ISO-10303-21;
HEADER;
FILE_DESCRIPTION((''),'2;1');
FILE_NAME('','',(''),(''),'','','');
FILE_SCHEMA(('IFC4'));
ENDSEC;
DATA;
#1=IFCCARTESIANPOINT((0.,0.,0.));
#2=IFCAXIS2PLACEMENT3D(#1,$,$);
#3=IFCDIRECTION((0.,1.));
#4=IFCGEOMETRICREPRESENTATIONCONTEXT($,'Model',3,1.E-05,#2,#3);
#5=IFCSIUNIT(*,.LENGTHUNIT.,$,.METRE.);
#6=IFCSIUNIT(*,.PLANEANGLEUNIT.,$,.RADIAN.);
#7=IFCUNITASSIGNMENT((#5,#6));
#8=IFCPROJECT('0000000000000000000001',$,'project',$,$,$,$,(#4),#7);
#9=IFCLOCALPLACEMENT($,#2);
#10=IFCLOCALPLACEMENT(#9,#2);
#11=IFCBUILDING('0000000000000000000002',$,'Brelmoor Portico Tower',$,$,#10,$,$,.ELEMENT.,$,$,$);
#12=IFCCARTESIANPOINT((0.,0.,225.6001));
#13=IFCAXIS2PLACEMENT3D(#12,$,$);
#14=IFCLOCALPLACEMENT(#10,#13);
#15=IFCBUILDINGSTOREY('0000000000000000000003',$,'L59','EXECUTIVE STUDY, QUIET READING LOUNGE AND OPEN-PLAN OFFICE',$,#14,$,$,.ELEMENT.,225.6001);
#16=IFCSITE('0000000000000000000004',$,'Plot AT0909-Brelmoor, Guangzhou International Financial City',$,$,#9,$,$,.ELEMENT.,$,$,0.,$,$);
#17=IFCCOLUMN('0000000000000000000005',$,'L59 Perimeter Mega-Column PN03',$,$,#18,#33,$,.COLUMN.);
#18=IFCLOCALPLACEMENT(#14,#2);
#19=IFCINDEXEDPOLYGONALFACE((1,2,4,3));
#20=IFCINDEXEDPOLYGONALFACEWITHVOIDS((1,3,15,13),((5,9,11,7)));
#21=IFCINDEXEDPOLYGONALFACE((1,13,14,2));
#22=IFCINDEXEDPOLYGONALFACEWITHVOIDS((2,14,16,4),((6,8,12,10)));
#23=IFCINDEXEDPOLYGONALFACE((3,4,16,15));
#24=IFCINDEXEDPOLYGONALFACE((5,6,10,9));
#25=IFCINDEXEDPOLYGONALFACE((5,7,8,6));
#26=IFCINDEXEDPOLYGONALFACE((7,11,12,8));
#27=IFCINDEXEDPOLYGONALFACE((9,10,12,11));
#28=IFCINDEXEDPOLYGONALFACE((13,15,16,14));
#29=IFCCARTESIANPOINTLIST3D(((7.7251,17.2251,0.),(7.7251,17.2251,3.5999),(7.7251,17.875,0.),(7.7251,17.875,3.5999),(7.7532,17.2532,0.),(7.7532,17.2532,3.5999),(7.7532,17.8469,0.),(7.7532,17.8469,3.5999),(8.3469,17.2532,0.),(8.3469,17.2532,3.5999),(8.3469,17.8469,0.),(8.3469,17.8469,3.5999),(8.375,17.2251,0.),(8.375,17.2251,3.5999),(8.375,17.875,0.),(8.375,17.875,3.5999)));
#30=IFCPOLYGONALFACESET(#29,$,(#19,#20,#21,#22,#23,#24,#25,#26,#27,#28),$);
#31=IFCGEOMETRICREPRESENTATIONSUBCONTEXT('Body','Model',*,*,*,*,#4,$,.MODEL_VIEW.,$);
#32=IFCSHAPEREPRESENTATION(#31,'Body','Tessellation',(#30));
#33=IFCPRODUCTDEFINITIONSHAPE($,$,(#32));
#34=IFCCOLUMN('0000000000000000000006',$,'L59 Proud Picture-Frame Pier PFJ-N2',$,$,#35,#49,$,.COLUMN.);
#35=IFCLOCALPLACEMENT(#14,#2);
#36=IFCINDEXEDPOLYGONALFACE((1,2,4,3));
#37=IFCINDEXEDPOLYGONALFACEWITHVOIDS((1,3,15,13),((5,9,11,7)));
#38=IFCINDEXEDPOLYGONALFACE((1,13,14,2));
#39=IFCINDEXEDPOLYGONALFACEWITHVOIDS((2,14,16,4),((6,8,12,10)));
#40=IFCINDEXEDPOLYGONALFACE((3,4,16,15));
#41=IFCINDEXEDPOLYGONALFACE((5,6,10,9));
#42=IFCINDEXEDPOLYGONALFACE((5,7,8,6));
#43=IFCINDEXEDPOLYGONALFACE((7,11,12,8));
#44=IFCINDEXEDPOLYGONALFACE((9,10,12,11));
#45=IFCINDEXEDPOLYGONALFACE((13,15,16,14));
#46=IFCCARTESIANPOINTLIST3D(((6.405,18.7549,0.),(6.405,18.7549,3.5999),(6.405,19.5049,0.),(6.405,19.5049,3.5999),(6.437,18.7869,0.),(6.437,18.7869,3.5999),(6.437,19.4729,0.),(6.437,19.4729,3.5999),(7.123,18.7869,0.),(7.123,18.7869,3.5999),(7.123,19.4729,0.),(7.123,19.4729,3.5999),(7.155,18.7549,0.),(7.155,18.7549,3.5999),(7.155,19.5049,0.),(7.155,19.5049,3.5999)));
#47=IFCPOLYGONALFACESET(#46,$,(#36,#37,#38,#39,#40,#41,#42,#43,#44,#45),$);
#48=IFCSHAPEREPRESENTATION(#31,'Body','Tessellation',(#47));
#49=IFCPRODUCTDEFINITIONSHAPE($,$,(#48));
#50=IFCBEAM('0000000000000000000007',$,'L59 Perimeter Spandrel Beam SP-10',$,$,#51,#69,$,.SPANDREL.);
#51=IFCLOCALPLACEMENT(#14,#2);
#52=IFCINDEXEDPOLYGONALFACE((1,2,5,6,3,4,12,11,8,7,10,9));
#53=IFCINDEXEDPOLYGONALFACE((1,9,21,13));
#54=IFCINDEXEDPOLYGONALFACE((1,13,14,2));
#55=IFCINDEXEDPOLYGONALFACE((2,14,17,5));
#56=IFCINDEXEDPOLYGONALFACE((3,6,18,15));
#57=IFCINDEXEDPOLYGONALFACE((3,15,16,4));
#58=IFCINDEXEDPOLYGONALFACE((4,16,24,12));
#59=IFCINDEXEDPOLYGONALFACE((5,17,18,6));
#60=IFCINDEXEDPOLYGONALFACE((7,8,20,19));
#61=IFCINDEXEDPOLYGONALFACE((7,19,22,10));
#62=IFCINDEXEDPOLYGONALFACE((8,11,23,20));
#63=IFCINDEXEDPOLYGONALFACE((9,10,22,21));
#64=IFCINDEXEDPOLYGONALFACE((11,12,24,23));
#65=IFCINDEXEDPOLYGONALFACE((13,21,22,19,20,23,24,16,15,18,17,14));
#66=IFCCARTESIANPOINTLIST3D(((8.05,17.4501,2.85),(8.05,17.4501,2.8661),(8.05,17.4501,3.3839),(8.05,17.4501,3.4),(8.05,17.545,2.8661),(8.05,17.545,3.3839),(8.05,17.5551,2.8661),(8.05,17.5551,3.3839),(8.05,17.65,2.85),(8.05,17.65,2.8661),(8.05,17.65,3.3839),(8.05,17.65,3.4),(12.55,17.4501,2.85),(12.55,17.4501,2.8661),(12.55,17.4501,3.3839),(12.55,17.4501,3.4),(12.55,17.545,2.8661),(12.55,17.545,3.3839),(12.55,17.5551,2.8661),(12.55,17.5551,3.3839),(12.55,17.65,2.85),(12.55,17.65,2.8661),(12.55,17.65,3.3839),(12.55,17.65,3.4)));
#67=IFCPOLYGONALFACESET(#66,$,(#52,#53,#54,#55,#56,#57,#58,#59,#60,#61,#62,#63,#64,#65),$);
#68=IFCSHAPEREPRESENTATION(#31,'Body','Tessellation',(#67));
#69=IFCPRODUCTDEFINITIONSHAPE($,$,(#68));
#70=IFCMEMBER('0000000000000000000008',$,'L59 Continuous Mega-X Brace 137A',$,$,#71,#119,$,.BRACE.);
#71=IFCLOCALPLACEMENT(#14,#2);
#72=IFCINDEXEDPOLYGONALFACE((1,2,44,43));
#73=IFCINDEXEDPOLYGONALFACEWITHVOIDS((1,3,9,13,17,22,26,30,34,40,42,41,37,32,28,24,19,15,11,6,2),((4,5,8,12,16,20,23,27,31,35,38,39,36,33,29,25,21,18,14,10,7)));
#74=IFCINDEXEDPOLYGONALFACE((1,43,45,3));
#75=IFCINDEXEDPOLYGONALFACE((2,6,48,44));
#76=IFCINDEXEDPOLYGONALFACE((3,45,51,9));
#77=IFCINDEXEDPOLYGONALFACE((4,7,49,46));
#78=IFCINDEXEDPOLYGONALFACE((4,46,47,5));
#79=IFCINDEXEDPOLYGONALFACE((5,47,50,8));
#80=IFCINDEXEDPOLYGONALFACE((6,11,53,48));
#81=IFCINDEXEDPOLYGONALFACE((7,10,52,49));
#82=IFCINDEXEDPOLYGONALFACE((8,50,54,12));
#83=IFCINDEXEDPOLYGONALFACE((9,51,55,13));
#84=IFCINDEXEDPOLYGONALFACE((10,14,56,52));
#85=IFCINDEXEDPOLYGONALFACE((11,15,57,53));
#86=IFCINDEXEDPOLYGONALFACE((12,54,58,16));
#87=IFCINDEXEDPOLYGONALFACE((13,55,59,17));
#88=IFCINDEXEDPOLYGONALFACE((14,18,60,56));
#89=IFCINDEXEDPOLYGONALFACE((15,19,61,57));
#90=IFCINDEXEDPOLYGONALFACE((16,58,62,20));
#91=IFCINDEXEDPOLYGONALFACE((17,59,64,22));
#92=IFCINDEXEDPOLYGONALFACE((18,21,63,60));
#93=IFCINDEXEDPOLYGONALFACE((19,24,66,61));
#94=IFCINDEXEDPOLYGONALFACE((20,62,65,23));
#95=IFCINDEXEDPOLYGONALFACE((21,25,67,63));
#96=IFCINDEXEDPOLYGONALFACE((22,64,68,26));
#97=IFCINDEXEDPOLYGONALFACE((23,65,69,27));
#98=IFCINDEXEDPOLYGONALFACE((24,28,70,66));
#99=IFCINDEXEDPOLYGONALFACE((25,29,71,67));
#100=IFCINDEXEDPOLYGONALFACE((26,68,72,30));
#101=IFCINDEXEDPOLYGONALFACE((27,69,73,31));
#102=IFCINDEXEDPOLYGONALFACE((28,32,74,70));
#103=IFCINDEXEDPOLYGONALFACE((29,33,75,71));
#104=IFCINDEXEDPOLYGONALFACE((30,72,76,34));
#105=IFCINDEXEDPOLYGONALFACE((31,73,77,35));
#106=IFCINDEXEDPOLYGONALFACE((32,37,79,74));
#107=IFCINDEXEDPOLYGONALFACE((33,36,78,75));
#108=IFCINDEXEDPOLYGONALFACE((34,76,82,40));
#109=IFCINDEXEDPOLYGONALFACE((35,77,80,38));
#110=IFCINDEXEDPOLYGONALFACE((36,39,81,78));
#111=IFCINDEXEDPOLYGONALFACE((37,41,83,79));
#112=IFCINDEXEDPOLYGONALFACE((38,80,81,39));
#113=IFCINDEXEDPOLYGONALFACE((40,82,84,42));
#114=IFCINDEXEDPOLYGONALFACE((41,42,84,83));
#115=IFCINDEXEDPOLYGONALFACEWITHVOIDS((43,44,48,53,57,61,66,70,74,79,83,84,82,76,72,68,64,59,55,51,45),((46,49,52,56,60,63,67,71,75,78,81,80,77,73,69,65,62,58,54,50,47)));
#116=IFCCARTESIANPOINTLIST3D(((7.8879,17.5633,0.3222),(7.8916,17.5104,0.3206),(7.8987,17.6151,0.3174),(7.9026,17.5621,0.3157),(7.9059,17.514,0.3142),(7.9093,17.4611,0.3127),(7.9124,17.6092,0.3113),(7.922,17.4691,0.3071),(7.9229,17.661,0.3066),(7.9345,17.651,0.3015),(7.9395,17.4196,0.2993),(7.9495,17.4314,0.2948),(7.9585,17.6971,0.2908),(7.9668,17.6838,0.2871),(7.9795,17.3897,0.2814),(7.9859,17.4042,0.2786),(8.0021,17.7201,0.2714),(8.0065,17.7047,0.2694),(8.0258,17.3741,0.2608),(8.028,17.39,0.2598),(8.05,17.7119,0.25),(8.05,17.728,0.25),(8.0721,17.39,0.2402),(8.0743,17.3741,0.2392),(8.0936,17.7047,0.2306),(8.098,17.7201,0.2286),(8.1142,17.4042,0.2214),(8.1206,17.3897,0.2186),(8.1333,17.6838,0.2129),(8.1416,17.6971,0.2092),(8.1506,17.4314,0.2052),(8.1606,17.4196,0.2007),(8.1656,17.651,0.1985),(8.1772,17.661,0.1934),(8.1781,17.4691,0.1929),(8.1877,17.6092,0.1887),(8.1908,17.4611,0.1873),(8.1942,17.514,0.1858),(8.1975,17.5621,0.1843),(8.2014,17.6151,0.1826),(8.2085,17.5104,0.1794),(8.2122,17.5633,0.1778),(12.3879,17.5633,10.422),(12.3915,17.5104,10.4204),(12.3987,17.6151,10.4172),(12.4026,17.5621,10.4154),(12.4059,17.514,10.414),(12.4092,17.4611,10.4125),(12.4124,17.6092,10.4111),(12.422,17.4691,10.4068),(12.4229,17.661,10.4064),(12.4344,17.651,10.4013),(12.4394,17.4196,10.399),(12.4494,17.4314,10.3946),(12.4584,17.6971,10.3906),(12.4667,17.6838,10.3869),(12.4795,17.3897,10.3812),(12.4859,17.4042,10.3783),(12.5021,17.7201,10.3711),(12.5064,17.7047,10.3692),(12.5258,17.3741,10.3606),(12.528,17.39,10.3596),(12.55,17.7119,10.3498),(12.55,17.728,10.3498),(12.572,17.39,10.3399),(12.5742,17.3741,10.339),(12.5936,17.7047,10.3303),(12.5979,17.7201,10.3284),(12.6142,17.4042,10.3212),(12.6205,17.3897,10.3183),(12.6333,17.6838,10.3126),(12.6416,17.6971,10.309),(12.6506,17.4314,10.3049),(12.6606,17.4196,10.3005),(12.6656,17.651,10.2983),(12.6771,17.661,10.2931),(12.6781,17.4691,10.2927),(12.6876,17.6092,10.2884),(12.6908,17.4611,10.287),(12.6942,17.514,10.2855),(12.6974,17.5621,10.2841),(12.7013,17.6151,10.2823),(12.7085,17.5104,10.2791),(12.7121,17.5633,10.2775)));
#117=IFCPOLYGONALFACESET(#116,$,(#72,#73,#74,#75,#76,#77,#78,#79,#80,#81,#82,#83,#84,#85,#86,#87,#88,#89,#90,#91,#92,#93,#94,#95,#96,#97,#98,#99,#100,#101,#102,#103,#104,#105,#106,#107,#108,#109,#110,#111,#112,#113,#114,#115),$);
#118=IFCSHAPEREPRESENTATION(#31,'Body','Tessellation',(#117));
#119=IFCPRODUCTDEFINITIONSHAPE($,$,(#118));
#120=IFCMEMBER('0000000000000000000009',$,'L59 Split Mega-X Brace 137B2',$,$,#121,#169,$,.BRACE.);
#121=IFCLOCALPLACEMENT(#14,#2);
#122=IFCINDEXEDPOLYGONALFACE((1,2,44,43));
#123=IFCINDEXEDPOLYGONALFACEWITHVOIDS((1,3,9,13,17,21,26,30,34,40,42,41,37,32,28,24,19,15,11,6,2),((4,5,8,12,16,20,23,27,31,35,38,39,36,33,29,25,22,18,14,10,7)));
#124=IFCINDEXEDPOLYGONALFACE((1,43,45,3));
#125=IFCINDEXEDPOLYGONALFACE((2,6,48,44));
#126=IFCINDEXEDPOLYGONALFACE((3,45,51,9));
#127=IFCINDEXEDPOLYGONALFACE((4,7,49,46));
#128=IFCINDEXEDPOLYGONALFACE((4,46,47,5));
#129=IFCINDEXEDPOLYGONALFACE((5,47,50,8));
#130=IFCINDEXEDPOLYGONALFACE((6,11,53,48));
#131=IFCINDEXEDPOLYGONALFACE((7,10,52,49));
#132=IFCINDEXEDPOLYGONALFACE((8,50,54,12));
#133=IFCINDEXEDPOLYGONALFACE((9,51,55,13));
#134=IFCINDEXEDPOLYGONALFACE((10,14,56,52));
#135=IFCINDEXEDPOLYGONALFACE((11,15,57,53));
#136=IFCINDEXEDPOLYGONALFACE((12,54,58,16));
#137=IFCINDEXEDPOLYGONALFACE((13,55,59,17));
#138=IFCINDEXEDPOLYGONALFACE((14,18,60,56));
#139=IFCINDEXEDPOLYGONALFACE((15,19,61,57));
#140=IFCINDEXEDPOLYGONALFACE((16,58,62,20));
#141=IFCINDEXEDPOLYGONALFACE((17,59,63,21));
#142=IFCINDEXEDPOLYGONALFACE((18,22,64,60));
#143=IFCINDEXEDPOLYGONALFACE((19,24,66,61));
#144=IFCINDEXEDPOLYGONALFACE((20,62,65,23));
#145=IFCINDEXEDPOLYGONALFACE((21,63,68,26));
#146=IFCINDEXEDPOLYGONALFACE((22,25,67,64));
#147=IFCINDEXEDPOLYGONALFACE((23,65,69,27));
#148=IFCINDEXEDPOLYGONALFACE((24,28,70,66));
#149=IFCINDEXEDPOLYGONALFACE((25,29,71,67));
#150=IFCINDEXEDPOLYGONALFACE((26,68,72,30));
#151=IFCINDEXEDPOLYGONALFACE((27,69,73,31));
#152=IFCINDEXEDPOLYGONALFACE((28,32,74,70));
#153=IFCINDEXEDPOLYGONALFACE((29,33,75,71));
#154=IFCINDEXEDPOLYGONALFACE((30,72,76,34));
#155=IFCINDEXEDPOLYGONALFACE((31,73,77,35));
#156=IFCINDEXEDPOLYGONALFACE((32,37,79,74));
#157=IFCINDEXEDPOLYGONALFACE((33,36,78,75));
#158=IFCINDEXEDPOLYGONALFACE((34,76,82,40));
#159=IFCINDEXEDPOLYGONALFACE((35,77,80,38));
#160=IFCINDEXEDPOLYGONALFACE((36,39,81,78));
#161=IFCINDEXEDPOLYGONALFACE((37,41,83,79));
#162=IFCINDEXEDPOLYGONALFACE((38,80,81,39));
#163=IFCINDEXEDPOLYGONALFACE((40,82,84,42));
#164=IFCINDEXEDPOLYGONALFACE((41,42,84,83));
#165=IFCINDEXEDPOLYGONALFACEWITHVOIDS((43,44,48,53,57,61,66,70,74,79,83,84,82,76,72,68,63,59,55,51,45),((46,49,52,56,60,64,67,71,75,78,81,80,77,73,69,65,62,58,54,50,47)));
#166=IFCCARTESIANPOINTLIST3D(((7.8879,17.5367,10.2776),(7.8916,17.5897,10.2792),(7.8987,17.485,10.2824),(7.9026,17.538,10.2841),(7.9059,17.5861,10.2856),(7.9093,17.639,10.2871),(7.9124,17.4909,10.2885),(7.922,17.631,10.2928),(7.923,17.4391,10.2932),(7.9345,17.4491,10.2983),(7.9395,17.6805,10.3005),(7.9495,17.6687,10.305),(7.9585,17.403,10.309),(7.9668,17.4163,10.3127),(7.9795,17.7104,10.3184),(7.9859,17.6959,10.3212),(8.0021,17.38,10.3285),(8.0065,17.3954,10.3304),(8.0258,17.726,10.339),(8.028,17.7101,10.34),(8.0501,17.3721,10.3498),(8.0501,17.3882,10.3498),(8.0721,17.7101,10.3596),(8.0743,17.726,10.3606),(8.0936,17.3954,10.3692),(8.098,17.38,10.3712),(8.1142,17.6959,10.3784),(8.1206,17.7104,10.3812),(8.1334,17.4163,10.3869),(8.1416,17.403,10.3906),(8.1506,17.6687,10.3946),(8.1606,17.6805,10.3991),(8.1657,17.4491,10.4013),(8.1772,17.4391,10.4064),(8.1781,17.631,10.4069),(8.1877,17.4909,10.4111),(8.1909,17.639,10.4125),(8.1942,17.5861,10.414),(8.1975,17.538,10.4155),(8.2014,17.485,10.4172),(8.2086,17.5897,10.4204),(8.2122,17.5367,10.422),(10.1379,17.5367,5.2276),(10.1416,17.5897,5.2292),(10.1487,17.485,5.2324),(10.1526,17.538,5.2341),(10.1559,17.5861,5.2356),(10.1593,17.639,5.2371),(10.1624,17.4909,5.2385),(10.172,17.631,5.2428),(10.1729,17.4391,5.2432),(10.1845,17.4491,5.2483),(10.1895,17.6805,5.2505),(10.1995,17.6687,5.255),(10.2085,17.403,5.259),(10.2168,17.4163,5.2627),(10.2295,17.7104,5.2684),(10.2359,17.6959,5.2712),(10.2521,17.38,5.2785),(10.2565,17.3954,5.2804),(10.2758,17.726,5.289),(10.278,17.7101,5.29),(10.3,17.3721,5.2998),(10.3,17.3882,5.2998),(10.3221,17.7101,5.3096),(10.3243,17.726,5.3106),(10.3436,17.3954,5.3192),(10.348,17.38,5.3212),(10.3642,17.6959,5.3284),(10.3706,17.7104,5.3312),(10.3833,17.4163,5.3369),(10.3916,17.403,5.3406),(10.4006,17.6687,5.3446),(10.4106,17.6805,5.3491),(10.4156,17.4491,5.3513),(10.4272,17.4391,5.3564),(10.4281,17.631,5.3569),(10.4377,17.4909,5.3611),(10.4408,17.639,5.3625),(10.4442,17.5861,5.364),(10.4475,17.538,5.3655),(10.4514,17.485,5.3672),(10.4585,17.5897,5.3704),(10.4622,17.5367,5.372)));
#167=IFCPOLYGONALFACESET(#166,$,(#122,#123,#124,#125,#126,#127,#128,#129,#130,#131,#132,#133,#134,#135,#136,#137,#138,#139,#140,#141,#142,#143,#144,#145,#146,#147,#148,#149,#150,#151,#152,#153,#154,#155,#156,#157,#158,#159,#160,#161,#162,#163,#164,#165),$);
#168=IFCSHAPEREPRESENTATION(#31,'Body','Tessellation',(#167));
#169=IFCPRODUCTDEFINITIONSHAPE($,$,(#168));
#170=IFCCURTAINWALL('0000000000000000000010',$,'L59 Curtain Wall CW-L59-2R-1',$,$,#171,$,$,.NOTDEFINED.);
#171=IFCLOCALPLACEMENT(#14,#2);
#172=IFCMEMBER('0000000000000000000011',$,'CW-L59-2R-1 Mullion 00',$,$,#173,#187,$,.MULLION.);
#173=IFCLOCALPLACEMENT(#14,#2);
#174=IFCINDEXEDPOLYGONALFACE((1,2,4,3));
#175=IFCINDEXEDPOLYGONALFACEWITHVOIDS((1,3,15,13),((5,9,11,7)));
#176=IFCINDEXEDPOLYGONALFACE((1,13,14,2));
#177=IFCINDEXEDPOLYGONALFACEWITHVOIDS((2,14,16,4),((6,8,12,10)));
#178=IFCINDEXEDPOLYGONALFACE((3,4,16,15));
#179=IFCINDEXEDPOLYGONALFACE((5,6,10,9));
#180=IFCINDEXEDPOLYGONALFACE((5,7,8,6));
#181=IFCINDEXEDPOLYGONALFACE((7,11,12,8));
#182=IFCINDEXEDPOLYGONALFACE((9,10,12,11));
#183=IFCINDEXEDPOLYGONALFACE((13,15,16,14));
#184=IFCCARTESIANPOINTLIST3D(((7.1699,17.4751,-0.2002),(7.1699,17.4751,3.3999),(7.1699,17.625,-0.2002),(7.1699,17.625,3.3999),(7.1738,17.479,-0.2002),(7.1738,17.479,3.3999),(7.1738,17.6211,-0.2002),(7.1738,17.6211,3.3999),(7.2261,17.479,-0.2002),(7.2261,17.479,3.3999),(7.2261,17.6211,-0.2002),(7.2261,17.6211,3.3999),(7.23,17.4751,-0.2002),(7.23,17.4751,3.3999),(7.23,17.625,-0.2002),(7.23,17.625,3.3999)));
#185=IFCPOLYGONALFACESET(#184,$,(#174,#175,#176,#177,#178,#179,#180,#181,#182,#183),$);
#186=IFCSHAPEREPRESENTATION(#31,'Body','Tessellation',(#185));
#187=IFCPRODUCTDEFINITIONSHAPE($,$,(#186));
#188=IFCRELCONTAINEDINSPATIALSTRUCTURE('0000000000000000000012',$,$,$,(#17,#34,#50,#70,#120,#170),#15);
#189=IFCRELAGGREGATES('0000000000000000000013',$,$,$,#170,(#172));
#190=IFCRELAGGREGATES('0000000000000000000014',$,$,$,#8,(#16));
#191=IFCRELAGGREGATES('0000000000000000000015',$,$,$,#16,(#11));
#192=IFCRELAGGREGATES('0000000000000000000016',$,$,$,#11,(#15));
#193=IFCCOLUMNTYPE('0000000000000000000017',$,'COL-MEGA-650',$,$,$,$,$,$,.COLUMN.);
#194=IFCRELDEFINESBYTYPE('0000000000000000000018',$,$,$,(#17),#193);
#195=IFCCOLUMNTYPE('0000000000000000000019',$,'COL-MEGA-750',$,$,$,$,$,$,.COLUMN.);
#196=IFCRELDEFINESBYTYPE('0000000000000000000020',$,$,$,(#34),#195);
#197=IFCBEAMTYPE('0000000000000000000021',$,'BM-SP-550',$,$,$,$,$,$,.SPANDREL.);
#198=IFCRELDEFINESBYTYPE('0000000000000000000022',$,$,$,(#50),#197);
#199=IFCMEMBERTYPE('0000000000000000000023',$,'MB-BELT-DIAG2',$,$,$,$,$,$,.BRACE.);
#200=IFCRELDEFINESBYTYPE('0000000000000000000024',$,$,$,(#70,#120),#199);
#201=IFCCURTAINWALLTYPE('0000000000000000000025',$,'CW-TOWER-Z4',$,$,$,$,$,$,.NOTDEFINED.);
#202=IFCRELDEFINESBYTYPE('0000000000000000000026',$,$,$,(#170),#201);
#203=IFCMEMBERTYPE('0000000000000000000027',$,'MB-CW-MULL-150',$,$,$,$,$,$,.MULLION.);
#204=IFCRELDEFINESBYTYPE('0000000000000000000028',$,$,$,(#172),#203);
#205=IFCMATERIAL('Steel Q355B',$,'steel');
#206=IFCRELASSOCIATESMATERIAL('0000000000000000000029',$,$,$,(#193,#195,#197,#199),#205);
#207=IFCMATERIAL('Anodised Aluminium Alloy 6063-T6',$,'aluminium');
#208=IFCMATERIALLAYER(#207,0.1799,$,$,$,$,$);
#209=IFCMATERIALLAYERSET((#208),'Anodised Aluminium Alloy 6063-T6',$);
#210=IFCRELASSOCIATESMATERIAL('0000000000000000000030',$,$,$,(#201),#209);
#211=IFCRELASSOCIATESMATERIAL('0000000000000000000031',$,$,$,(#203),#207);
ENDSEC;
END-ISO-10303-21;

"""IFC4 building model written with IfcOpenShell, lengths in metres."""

from ifc_helpers import new_model, si_unit, direction, frame, origin, origin_2d, place, context, subcontext, project, spatial, hollow_rectangle, hollow_circle, i_section, extrude, material, layer, layer_set, material_profile, profile_set, type_object, element, aggregate, save


model = new_model("IFC4")

# Units and contexts
model_context = context("Model", 3, precision=1e-05, world=origin(), true_north=direction((0.0, 1.0)))
body_context = subcontext(model_context, "Body", "Model", "MODEL_VIEW")
ifc_project = project(units=[si_unit("LENGTHUNIT", "METRE"), si_unit("PLANEANGLEUNIT", "RADIAN")], contexts=[model_context])

# Site, building, storey
site_placement = place(None, origin())
site = spatial("IfcSite", under=ifc_project, at=site_placement, Name="Plot AT0909-Brelmoor, Guangzhou International Financial City", CompositionType="ELEMENT", RefElevation=0.0)
building_placement = place(site_placement, origin())
building = spatial("IfcBuilding", under=site, at=building_placement, Name="Brelmoor Portico Tower", CompositionType="ELEMENT")
storey_placement = place(building_placement, frame((0.0, 0.0, 225.6001)))
storey = spatial("IfcBuildingStorey", under=building, at=storey_placement, Name="L59", Description="EXECUTIVE STUDY, QUIET READING LOUNGE AND OPEN-PLAN OFFICE", CompositionType="ELEMENT", Elevation=225.6001)

# Columns
ifc_material_1 = material(Name="Steel Q355B", Category="steel")
ifc_material_profile_1 = material_profile(ifc_material_1, hollow_rectangle(XDim=0.6499, YDim=0.6499, WallThickness=0.0281, at=origin_2d()), Name="BOX 650x650x28")
ifc_profile_set_1 = profile_set([ifc_material_profile_1], Name="Steel Q355B")
column_type_1 = type_object("IfcColumnType", Name="COL-MEGA-650", PredefinedType="COLUMN", material=ifc_profile_set_1)
column_1_placement = place(storey_placement, frame((8.05, 17.55, 0.0), z_axis=(0.0, 0.0, 1.0), x_axis=(1.0, 0.0, 0.0)))
element("IfcColumn", 1, at=column_1_placement, inside=storey, type_object=column_type_1, Name="L59 Perimeter Mega-Column PN03", PredefinedType="COLUMN", context=body_context, shape_type="SweptSolid", body=[
    extrude(hollow_rectangle(XDim=0.6499, YDim=0.6499, WallThickness=0.0281, at=origin_2d()), origin(), (0.0, 0.0, 1.0), 3.5999),
])
ifc_material_profile_2 = material_profile(ifc_material_1, hollow_rectangle(XDim=0.75, YDim=0.75, WallThickness=0.032, at=origin_2d()), Name="BOX 750x750x32")
ifc_profile_set_2 = profile_set([ifc_material_profile_2], Name="Steel Q355B")
column_type_2 = type_object("IfcColumnType", Name="COL-MEGA-750", PredefinedType="COLUMN", material=ifc_profile_set_2)
column_2_placement = place(storey_placement, frame((6.78, 19.1299, 0.0), z_axis=(0.0, 0.0, 1.0), x_axis=(1.0, 0.0, 0.0)))
element("IfcColumn", 2, at=column_2_placement, inside=storey, type_object=column_type_2, Name="L59 Proud Picture-Frame Pier PFJ-N2", PredefinedType="COLUMN", context=body_context, shape_type="SweptSolid", body=[
    extrude(hollow_rectangle(XDim=0.75, YDim=0.75, WallThickness=0.032, at=origin_2d()), origin(), (0.0, 0.0, 1.0), 3.5999),
])

# Beam
ifc_material_profile_3 = material_profile(ifc_material_1, i_section(OverallWidth=0.2, OverallDepth=0.55, WebThickness=0.01, FlangeThickness=0.0161, at=origin_2d()), Name="HN 550x200x10x16")
ifc_profile_set_3 = profile_set([ifc_material_profile_3], Name="Steel Q355B")
beam_type = type_object("IfcBeamType", Name="BM-SP-550", PredefinedType="SPANDREL", material=ifc_profile_set_3)
beam_placement = place(storey_placement, frame((8.05, 17.55, 3.125), z_axis=(1.0, 0.0, 0.0), x_axis=(0.0, 1.0, 0.0)))
element("IfcBeam", 3, at=beam_placement, inside=storey, type_object=beam_type, Name="L59 Perimeter Spandrel Beam SP-10", PredefinedType="SPANDREL", context=body_context, shape_type="SweptSolid", body=[
    extrude(i_section(OverallWidth=0.2, OverallDepth=0.55, WebThickness=0.01, FlangeThickness=0.0161, at=origin_2d()), origin(), (0.0, 0.0, 1.0), 4.5),
])

# Members
ifc_material_profile_4 = material_profile(ifc_material_1, hollow_circle(Radius=0.178, WallThickness=0.0161, at=origin_2d()), Name="CHS 356x16")
ifc_profile_set_4 = profile_set([ifc_material_profile_4], Name="Steel Q355B")
member_type_1 = type_object("IfcMemberType", Name="MB-BELT-DIAG2", PredefinedType="BRACE", material=ifc_profile_set_4)
member_1_placement = place(storey_placement, frame((8.05, 17.55, 0.25), z_axis=(0.406982, 0.0, 0.913436), x_axis=(0.0, 1.0, 0.0)))
element("IfcMember", 4, at=member_1_placement, inside=storey, type_object=member_type_1, Name="L59 Continuous Mega-X Brace 137A", PredefinedType="BRACE", context=body_context, shape_type="SweptSolid", body=[
    extrude(hollow_circle(Radius=0.178, WallThickness=0.0161, at=origin_2d()), origin(), (0.0, 0.0, 1.0), 11.0569),
])
member_2_placement = place(storey_placement, frame((10.3, 17.55, 5.2998), z_axis=(-0.406974, 0.0, 0.91344), x_axis=(0.0, -1.0, 0.0)))
element("IfcMember", 5, at=member_2_placement, inside=storey, type_object=member_type_1, Name="L59 Split Mega-X Brace 137B2", PredefinedType="BRACE", context=body_context, shape_type="SweptSolid", body=[
    extrude(hollow_circle(Radius=0.178, WallThickness=0.0161, at=origin_2d()), origin(), (0.0, 0.0, 1.0), 5.5286),
])

# Curtain wall, member
ifc_material_2 = material(Name="Anodised Aluminium Alloy 6063-T6", Category="aluminium")
ifc_layer_1 = layer(ifc_material_2, 0.1799)
ifc_layer_set_1 = layer_set([ifc_layer_1], Name="Anodised Aluminium Alloy 6063-T6")
curtain_wall_type_1 = type_object("IfcCurtainWallType", Name="CW-TOWER-Z4", PredefinedType="NOTDEFINED", material=ifc_layer_set_1)
curtain_wall_1_placement = place(storey_placement, origin())
curtain_wall_1 = element("IfcCurtainWall", 6, at=curtain_wall_1_placement, inside=storey, type_object=curtain_wall_type_1, Name="L59 Curtain Wall CW-L59-2R-1", PredefinedType="NOTDEFINED")
ifc_material_profile_5 = material_profile(ifc_material_2, hollow_rectangle(XDim=0.0601, YDim=0.1499, WallThickness=0.0039, at=origin_2d()), Name="ALU MULLION 60x150")
ifc_profile_set_5 = profile_set([ifc_material_profile_5], Name="Anodised Aluminium Alloy 6063-T6")
member_type_2 = type_object("IfcMemberType", Name="MB-CW-MULL-150", PredefinedType="MULLION", material=ifc_profile_set_5)
member_3_placement = place(storey_placement, frame((7.2, 17.55, -0.2002), z_axis=(0.0, 0.0, 1.0), x_axis=(1.0, 0.0, 0.0)))
member_3 = element("IfcMember", 7, at=member_3_placement, type_object=member_type_2, Name="CW-L59-2R-1 Mullion 00", PredefinedType="MULLION", context=body_context, shape_type="SweptSolid", body=[
    extrude(hollow_rectangle(XDim=0.0601, YDim=0.1499, WallThickness=0.0039, at=origin_2d()), origin(), (0.0, 0.0, 1.0), 3.6001),
])

aggregate(curtain_wall_1, [member_3])

save(model, "model.ifc")
